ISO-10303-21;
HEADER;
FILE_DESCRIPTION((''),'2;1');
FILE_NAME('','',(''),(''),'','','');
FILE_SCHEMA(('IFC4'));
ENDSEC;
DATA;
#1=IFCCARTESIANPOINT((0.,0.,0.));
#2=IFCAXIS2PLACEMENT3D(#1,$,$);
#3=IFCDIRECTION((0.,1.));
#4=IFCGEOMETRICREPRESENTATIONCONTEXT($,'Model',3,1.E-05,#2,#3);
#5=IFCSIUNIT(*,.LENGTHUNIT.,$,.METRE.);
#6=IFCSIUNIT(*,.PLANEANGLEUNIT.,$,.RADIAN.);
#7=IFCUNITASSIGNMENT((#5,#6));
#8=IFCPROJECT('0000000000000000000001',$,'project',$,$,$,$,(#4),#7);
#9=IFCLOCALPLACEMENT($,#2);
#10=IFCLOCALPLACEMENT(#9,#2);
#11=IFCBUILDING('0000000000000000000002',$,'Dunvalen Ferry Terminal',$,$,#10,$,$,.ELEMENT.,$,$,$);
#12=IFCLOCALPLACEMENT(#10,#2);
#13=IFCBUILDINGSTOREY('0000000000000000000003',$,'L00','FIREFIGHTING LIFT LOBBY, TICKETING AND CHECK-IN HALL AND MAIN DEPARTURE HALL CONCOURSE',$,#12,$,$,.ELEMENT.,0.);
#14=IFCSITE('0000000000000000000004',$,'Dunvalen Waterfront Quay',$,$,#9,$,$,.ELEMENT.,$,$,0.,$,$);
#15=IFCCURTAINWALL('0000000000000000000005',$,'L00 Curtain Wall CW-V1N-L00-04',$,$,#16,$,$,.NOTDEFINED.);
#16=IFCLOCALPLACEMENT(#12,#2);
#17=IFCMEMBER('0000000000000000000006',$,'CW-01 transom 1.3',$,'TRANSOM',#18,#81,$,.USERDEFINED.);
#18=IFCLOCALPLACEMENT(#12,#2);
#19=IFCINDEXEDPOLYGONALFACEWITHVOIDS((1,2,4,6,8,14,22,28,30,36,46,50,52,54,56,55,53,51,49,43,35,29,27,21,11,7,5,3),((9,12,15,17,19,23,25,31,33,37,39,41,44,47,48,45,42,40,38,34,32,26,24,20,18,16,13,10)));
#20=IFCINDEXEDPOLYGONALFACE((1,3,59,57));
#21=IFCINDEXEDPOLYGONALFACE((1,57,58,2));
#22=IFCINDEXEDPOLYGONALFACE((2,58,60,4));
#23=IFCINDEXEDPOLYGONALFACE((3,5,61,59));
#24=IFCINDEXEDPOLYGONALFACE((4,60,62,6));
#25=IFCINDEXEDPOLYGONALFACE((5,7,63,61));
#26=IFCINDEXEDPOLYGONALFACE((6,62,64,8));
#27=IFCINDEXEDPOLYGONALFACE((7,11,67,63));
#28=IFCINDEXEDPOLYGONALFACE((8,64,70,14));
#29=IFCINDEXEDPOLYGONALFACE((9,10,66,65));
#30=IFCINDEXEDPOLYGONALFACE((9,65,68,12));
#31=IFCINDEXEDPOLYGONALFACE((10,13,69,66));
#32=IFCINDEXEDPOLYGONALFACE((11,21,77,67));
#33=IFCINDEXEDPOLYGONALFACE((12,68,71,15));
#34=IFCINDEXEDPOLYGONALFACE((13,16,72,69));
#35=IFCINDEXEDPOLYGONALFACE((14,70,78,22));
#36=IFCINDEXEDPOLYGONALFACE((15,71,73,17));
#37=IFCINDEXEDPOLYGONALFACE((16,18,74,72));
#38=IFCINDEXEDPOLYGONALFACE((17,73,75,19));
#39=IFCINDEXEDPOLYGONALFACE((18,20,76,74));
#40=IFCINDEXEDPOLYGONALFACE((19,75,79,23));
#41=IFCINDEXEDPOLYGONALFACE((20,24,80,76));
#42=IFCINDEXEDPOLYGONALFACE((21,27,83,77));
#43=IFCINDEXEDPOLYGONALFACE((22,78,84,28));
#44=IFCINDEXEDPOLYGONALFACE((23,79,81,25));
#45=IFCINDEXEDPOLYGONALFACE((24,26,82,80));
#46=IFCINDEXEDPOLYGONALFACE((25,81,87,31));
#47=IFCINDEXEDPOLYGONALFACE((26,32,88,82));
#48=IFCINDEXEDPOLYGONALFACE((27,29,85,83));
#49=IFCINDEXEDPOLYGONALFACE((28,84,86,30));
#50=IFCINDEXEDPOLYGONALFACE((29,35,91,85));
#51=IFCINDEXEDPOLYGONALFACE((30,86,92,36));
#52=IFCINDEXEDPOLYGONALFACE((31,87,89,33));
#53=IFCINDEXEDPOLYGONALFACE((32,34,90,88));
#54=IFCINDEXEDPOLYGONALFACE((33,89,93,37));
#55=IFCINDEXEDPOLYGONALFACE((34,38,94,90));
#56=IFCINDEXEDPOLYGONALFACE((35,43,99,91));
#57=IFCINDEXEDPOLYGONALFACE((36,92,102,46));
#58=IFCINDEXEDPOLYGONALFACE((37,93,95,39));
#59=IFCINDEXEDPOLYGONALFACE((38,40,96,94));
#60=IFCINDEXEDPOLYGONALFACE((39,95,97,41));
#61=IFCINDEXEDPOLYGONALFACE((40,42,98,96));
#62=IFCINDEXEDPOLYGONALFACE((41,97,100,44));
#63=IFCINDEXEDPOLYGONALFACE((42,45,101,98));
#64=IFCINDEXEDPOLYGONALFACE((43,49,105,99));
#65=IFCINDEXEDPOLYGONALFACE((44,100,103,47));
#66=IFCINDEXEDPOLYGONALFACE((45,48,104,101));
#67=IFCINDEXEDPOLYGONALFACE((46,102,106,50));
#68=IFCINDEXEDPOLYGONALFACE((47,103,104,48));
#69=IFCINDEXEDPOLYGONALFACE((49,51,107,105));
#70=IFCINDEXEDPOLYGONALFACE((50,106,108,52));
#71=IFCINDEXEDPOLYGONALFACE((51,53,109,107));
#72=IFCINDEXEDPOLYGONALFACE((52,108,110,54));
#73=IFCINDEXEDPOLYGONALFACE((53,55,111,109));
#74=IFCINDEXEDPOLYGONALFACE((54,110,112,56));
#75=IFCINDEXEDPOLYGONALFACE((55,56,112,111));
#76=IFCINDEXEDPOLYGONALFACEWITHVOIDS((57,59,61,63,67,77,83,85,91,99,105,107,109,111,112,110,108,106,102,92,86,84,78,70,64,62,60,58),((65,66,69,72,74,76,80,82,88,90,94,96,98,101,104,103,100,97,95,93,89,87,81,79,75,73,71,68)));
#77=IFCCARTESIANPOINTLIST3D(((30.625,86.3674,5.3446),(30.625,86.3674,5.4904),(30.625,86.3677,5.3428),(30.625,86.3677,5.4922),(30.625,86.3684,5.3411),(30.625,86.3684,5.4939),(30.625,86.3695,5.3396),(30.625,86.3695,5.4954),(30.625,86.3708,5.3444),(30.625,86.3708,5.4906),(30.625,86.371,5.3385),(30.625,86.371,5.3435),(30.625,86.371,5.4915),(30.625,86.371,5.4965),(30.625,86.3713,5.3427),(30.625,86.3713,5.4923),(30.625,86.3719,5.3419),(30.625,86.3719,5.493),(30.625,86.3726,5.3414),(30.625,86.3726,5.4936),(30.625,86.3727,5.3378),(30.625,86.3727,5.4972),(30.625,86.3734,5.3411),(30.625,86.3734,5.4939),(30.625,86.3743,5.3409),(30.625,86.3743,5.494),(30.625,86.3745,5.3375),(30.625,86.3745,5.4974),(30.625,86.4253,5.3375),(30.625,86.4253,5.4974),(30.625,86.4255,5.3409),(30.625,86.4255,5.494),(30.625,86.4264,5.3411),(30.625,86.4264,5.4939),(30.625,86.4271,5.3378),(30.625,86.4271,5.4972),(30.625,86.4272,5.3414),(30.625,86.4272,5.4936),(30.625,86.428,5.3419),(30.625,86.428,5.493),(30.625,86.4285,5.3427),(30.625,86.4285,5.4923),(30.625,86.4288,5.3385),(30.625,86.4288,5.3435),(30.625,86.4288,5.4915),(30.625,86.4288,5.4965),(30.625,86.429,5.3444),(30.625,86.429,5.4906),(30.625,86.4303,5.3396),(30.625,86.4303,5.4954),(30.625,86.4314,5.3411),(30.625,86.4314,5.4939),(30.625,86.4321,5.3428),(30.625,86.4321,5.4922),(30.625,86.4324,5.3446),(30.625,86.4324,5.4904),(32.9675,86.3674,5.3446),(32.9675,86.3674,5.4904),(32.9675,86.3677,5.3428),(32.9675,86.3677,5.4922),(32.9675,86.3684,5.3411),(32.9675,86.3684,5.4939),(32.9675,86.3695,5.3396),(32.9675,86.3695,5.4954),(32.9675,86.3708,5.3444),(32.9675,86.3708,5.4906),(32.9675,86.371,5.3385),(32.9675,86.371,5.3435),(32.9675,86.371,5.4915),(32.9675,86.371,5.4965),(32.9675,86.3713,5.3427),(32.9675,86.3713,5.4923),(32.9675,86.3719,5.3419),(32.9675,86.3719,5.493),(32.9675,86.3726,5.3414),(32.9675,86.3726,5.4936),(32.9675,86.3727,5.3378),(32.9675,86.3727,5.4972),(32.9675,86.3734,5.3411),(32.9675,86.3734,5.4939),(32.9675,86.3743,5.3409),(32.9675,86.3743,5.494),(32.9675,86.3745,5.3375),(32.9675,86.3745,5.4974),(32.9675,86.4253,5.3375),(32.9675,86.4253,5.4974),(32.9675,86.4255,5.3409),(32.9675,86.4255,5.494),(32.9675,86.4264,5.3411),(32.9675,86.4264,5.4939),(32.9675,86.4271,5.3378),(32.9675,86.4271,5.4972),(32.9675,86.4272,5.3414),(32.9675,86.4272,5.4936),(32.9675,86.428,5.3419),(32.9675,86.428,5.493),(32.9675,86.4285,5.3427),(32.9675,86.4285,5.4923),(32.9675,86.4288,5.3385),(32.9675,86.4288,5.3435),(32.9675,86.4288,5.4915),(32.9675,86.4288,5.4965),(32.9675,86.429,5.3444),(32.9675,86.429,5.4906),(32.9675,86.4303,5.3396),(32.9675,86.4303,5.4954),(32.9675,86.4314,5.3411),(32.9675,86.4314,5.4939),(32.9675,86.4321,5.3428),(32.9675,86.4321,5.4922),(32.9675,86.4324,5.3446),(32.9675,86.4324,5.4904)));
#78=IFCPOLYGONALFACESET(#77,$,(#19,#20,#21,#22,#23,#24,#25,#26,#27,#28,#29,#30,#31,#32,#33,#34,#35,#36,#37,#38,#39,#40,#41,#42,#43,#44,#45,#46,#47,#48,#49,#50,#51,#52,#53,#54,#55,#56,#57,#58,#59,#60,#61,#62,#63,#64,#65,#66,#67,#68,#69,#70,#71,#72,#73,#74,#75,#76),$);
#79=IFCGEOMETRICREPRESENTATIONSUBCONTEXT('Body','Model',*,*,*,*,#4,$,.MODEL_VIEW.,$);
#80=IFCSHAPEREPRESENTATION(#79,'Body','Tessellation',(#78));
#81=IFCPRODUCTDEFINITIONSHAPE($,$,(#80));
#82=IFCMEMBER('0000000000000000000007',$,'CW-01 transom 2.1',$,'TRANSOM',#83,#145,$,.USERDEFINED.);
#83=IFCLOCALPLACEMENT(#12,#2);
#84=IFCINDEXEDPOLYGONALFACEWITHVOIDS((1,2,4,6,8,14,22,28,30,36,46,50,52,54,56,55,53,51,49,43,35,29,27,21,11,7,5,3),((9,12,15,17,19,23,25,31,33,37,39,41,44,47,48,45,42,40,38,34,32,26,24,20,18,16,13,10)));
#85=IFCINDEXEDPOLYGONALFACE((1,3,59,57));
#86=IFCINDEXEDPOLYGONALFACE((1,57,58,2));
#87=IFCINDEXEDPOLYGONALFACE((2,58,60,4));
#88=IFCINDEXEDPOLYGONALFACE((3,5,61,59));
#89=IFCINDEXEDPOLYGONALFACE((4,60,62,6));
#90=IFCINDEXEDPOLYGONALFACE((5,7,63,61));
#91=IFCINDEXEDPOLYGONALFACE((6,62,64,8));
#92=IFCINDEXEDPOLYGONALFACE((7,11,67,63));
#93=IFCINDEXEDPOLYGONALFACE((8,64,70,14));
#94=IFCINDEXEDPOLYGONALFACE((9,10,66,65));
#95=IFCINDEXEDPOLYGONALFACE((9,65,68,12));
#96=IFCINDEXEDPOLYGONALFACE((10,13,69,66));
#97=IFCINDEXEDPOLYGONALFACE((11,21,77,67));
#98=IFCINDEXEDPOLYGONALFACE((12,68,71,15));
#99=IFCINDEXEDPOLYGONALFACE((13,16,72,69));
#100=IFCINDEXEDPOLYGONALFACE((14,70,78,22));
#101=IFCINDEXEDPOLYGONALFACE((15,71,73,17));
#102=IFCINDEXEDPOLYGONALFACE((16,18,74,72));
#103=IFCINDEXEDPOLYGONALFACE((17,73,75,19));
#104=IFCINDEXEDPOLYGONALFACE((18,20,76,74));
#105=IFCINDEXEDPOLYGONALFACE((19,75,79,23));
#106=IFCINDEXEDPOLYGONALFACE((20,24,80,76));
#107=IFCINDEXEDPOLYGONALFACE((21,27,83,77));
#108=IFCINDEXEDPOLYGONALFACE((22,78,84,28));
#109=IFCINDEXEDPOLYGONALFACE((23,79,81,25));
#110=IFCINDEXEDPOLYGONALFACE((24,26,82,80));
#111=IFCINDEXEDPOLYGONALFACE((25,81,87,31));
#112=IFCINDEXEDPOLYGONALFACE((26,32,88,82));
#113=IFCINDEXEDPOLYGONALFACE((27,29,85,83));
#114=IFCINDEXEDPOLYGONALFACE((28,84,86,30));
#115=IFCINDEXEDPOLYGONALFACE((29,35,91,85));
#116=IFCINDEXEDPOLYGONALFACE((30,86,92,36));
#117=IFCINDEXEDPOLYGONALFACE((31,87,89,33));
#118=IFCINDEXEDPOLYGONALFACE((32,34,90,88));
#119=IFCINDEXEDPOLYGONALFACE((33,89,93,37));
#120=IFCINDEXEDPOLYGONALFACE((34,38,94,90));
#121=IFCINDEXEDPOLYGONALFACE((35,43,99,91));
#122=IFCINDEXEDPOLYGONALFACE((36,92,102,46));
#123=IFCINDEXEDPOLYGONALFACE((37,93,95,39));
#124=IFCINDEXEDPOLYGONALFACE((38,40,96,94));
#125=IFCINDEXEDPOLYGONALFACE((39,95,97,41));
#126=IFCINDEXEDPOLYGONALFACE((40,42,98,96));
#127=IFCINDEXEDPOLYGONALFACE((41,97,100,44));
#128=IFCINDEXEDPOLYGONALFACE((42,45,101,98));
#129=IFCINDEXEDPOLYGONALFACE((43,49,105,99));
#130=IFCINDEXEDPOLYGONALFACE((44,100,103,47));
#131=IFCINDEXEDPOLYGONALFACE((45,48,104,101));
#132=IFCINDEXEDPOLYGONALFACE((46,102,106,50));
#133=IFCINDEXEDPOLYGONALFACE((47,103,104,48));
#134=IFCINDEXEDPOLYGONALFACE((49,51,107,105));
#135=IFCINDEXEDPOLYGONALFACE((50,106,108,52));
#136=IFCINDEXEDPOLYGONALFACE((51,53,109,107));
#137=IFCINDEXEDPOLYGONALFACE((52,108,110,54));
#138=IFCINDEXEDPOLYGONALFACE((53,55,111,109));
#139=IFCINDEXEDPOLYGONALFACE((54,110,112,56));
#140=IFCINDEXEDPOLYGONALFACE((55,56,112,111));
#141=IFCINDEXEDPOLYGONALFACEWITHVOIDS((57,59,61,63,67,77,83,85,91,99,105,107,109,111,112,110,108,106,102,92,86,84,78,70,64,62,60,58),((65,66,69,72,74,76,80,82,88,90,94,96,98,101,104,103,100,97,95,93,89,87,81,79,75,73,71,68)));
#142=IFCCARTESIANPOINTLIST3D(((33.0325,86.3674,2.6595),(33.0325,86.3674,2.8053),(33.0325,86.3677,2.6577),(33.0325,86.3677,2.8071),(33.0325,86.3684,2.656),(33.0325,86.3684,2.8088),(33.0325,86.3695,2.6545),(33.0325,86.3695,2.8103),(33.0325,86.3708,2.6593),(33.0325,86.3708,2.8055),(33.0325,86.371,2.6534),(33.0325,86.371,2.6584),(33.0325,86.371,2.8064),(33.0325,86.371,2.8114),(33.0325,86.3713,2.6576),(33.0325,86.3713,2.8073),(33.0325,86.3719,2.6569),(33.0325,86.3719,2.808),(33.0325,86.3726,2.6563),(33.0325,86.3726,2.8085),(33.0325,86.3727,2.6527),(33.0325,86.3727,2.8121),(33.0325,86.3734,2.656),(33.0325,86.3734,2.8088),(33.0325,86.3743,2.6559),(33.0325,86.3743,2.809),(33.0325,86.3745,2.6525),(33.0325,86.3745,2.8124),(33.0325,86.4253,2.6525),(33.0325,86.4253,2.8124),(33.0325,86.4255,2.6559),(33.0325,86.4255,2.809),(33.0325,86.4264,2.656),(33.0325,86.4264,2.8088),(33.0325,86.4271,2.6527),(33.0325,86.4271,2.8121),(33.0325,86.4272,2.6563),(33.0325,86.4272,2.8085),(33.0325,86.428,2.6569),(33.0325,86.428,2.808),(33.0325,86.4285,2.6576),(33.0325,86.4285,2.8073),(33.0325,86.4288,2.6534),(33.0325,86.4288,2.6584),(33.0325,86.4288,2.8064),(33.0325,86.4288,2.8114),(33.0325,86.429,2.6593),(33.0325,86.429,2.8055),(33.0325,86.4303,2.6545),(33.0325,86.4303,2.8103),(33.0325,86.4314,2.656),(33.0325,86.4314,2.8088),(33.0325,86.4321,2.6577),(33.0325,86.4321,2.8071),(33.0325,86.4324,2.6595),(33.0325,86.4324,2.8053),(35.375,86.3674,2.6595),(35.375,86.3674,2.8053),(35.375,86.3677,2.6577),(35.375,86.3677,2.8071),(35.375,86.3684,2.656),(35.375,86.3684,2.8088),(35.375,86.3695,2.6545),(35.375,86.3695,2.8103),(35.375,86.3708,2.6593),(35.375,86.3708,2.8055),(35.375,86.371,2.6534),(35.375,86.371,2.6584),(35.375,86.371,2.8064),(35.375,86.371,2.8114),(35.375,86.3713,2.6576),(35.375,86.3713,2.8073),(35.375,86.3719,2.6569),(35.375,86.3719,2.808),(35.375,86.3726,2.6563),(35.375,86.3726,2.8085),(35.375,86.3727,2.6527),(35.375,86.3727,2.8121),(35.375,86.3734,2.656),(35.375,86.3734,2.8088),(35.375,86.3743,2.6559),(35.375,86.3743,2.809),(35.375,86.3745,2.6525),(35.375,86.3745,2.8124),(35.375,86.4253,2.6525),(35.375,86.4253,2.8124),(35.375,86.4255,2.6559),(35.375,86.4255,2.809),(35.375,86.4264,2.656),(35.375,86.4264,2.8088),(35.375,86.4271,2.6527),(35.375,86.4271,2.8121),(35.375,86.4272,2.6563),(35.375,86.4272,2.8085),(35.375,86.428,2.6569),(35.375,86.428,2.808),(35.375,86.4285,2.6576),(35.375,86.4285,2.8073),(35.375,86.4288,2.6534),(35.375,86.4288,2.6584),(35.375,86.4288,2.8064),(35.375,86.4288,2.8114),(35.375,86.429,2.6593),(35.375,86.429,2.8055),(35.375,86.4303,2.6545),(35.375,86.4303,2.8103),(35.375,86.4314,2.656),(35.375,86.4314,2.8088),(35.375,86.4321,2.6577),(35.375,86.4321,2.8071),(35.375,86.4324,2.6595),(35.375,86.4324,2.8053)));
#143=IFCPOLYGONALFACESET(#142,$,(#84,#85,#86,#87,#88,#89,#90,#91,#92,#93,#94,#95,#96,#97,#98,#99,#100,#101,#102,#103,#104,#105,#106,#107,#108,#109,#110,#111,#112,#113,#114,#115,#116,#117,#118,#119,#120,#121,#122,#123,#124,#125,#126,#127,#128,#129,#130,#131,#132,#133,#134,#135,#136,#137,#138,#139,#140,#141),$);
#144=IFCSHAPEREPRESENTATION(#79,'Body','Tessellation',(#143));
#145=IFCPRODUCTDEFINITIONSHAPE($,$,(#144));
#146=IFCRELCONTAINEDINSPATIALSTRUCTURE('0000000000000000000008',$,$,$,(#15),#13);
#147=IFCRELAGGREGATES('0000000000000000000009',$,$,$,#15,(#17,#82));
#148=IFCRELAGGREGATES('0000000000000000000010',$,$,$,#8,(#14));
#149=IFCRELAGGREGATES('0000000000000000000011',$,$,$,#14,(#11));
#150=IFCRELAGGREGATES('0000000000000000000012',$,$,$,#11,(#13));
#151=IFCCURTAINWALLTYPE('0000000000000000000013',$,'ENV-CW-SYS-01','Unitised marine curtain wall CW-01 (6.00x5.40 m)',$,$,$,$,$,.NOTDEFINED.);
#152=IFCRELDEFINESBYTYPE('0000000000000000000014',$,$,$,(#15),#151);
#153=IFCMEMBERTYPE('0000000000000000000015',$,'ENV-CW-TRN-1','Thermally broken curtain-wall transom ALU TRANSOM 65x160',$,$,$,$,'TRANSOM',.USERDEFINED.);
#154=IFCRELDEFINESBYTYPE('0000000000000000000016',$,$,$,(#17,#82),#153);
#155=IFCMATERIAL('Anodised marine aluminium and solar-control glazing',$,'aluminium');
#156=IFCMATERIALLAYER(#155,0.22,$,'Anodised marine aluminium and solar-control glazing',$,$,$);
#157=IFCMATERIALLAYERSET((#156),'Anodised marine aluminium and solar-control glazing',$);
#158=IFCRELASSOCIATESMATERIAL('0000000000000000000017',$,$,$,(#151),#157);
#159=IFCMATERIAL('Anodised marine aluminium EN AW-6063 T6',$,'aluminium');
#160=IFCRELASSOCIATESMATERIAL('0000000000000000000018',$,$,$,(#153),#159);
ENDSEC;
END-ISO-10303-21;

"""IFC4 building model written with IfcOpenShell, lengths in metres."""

from ifc_helpers import new_model, si_unit, direction, frame, origin, origin_2d, place, context, subcontext, project, spatial, hollow_rectangle, extrude, material, layer, layer_set, material_profile, profile_set, type_object, element, aggregate, save


model = new_model("IFC4")

# Units and contexts
model_context = context("Model", 3, precision=1e-05, world=origin(), true_north=direction((0.0, 1.0)))
body_context = subcontext(model_context, "Body", "Model", "MODEL_VIEW")
ifc_project = project(units=[si_unit("LENGTHUNIT", "METRE"), si_unit("PLANEANGLEUNIT", "RADIAN")], contexts=[model_context])

# Site, building, storey
site_placement = place(None, origin())
site = spatial("IfcSite", under=ifc_project, at=site_placement, Name="Dunvalen Waterfront Quay", CompositionType="ELEMENT", RefElevation=0.0)
building_placement = place(site_placement, origin())
building = spatial("IfcBuilding", under=site, at=building_placement, Name="Dunvalen Ferry Terminal", CompositionType="ELEMENT")
storey_placement = place(building_placement, origin())
storey = spatial("IfcBuildingStorey", under=building, at=storey_placement, Name="L00", Description="FIREFIGHTING LIFT LOBBY, TICKETING AND CHECK-IN HALL AND MAIN DEPARTURE HALL CONCOURSE", CompositionType="ELEMENT", Elevation=0.0)

# Shared definitions
ifc_material_1 = material(Name="Anodised marine aluminium and solar-control glazing", Category="aluminium")
ifc_layer_1 = layer(ifc_material_1, 0.22, Name="Anodised marine aluminium and solar-control glazing")
ifc_layer_set_1 = layer_set([ifc_layer_1], Name="Anodised marine aluminium and solar-control glazing")
curtain_wall_type = type_object("IfcCurtainWallType", Name="ENV-CW-SYS-01", Description="Unitised marine curtain wall CW-01 (6.00x5.40 m)", PredefinedType="NOTDEFINED", material=ifc_layer_set_1)
ifc_material_2 = material(Name="Anodised marine aluminium EN AW-6063 T6", Category="aluminium")

# Curtain wall, members
curtain_wall_1_placement = place(storey_placement, origin())
curtain_wall_1 = element("IfcCurtainWall", 1, at=curtain_wall_1_placement, inside=storey, type_object=curtain_wall_type, Name="L00 Curtain Wall CW-V1N-L00-04", PredefinedType="NOTDEFINED")
ifc_material_profile_1 = material_profile(ifc_material_2, hollow_rectangle(XDim=0.0649, YDim=0.1599, WallThickness=0.0034, InnerFilletRadius=0.0034, OuterFilletRadius=0.0071, at=origin_2d()), Name="Anodised marine aluminium EN AW-6063 T6")
ifc_profile_set_1 = profile_set([ifc_material_profile_1], Name="Anodised marine aluminium EN AW-6063 T6")
member_type_1 = type_object("IfcMemberType", Name="ENV-CW-TRN-1", Description="Thermally broken curtain-wall transom ALU TRANSOM 65x160", ElementType="TRANSOM", PredefinedType="USERDEFINED", material=ifc_profile_set_1)
member_1_placement = place(storey_placement, frame((30.625, 86.3999, 5.4175), z_axis=(1.0, 0.0, 0.0), x_axis=(0.0, 1.0, 0.0)))
member_1 = element("IfcMember", 2, at=member_1_placement, type_object=member_type_1, Name="CW-01 transom 1.3", ObjectType="TRANSOM", PredefinedType="USERDEFINED", context=body_context, shape_type="SweptSolid", body=[
    extrude(hollow_rectangle(XDim=0.0649, YDim=0.1599, WallThickness=0.0034, InnerFilletRadius=0.0034, OuterFilletRadius=0.0071, at=origin_2d()), origin(), (0.0, 0.0, 1.0), 2.3425),
])
member_2_placement = place(storey_placement, frame((33.0325, 86.3999, 2.7324), z_axis=(1.0, 0.0, 0.0), x_axis=(0.0, 1.0, 0.0)))
member_2 = element("IfcMember", 3, at=member_2_placement, type_object=member_type_1, Name="CW-01 transom 2.1", ObjectType="TRANSOM", PredefinedType="USERDEFINED", context=body_context, shape_type="SweptSolid", body=[
    extrude(hollow_rectangle(XDim=0.0649, YDim=0.1599, WallThickness=0.0034, InnerFilletRadius=0.0034, OuterFilletRadius=0.0071, at=origin_2d()), origin(), (0.0, 0.0, 1.0), 2.3425),
])

aggregate(curtain_wall_1, [member_1, member_2])

save(model, "model.ifc")
